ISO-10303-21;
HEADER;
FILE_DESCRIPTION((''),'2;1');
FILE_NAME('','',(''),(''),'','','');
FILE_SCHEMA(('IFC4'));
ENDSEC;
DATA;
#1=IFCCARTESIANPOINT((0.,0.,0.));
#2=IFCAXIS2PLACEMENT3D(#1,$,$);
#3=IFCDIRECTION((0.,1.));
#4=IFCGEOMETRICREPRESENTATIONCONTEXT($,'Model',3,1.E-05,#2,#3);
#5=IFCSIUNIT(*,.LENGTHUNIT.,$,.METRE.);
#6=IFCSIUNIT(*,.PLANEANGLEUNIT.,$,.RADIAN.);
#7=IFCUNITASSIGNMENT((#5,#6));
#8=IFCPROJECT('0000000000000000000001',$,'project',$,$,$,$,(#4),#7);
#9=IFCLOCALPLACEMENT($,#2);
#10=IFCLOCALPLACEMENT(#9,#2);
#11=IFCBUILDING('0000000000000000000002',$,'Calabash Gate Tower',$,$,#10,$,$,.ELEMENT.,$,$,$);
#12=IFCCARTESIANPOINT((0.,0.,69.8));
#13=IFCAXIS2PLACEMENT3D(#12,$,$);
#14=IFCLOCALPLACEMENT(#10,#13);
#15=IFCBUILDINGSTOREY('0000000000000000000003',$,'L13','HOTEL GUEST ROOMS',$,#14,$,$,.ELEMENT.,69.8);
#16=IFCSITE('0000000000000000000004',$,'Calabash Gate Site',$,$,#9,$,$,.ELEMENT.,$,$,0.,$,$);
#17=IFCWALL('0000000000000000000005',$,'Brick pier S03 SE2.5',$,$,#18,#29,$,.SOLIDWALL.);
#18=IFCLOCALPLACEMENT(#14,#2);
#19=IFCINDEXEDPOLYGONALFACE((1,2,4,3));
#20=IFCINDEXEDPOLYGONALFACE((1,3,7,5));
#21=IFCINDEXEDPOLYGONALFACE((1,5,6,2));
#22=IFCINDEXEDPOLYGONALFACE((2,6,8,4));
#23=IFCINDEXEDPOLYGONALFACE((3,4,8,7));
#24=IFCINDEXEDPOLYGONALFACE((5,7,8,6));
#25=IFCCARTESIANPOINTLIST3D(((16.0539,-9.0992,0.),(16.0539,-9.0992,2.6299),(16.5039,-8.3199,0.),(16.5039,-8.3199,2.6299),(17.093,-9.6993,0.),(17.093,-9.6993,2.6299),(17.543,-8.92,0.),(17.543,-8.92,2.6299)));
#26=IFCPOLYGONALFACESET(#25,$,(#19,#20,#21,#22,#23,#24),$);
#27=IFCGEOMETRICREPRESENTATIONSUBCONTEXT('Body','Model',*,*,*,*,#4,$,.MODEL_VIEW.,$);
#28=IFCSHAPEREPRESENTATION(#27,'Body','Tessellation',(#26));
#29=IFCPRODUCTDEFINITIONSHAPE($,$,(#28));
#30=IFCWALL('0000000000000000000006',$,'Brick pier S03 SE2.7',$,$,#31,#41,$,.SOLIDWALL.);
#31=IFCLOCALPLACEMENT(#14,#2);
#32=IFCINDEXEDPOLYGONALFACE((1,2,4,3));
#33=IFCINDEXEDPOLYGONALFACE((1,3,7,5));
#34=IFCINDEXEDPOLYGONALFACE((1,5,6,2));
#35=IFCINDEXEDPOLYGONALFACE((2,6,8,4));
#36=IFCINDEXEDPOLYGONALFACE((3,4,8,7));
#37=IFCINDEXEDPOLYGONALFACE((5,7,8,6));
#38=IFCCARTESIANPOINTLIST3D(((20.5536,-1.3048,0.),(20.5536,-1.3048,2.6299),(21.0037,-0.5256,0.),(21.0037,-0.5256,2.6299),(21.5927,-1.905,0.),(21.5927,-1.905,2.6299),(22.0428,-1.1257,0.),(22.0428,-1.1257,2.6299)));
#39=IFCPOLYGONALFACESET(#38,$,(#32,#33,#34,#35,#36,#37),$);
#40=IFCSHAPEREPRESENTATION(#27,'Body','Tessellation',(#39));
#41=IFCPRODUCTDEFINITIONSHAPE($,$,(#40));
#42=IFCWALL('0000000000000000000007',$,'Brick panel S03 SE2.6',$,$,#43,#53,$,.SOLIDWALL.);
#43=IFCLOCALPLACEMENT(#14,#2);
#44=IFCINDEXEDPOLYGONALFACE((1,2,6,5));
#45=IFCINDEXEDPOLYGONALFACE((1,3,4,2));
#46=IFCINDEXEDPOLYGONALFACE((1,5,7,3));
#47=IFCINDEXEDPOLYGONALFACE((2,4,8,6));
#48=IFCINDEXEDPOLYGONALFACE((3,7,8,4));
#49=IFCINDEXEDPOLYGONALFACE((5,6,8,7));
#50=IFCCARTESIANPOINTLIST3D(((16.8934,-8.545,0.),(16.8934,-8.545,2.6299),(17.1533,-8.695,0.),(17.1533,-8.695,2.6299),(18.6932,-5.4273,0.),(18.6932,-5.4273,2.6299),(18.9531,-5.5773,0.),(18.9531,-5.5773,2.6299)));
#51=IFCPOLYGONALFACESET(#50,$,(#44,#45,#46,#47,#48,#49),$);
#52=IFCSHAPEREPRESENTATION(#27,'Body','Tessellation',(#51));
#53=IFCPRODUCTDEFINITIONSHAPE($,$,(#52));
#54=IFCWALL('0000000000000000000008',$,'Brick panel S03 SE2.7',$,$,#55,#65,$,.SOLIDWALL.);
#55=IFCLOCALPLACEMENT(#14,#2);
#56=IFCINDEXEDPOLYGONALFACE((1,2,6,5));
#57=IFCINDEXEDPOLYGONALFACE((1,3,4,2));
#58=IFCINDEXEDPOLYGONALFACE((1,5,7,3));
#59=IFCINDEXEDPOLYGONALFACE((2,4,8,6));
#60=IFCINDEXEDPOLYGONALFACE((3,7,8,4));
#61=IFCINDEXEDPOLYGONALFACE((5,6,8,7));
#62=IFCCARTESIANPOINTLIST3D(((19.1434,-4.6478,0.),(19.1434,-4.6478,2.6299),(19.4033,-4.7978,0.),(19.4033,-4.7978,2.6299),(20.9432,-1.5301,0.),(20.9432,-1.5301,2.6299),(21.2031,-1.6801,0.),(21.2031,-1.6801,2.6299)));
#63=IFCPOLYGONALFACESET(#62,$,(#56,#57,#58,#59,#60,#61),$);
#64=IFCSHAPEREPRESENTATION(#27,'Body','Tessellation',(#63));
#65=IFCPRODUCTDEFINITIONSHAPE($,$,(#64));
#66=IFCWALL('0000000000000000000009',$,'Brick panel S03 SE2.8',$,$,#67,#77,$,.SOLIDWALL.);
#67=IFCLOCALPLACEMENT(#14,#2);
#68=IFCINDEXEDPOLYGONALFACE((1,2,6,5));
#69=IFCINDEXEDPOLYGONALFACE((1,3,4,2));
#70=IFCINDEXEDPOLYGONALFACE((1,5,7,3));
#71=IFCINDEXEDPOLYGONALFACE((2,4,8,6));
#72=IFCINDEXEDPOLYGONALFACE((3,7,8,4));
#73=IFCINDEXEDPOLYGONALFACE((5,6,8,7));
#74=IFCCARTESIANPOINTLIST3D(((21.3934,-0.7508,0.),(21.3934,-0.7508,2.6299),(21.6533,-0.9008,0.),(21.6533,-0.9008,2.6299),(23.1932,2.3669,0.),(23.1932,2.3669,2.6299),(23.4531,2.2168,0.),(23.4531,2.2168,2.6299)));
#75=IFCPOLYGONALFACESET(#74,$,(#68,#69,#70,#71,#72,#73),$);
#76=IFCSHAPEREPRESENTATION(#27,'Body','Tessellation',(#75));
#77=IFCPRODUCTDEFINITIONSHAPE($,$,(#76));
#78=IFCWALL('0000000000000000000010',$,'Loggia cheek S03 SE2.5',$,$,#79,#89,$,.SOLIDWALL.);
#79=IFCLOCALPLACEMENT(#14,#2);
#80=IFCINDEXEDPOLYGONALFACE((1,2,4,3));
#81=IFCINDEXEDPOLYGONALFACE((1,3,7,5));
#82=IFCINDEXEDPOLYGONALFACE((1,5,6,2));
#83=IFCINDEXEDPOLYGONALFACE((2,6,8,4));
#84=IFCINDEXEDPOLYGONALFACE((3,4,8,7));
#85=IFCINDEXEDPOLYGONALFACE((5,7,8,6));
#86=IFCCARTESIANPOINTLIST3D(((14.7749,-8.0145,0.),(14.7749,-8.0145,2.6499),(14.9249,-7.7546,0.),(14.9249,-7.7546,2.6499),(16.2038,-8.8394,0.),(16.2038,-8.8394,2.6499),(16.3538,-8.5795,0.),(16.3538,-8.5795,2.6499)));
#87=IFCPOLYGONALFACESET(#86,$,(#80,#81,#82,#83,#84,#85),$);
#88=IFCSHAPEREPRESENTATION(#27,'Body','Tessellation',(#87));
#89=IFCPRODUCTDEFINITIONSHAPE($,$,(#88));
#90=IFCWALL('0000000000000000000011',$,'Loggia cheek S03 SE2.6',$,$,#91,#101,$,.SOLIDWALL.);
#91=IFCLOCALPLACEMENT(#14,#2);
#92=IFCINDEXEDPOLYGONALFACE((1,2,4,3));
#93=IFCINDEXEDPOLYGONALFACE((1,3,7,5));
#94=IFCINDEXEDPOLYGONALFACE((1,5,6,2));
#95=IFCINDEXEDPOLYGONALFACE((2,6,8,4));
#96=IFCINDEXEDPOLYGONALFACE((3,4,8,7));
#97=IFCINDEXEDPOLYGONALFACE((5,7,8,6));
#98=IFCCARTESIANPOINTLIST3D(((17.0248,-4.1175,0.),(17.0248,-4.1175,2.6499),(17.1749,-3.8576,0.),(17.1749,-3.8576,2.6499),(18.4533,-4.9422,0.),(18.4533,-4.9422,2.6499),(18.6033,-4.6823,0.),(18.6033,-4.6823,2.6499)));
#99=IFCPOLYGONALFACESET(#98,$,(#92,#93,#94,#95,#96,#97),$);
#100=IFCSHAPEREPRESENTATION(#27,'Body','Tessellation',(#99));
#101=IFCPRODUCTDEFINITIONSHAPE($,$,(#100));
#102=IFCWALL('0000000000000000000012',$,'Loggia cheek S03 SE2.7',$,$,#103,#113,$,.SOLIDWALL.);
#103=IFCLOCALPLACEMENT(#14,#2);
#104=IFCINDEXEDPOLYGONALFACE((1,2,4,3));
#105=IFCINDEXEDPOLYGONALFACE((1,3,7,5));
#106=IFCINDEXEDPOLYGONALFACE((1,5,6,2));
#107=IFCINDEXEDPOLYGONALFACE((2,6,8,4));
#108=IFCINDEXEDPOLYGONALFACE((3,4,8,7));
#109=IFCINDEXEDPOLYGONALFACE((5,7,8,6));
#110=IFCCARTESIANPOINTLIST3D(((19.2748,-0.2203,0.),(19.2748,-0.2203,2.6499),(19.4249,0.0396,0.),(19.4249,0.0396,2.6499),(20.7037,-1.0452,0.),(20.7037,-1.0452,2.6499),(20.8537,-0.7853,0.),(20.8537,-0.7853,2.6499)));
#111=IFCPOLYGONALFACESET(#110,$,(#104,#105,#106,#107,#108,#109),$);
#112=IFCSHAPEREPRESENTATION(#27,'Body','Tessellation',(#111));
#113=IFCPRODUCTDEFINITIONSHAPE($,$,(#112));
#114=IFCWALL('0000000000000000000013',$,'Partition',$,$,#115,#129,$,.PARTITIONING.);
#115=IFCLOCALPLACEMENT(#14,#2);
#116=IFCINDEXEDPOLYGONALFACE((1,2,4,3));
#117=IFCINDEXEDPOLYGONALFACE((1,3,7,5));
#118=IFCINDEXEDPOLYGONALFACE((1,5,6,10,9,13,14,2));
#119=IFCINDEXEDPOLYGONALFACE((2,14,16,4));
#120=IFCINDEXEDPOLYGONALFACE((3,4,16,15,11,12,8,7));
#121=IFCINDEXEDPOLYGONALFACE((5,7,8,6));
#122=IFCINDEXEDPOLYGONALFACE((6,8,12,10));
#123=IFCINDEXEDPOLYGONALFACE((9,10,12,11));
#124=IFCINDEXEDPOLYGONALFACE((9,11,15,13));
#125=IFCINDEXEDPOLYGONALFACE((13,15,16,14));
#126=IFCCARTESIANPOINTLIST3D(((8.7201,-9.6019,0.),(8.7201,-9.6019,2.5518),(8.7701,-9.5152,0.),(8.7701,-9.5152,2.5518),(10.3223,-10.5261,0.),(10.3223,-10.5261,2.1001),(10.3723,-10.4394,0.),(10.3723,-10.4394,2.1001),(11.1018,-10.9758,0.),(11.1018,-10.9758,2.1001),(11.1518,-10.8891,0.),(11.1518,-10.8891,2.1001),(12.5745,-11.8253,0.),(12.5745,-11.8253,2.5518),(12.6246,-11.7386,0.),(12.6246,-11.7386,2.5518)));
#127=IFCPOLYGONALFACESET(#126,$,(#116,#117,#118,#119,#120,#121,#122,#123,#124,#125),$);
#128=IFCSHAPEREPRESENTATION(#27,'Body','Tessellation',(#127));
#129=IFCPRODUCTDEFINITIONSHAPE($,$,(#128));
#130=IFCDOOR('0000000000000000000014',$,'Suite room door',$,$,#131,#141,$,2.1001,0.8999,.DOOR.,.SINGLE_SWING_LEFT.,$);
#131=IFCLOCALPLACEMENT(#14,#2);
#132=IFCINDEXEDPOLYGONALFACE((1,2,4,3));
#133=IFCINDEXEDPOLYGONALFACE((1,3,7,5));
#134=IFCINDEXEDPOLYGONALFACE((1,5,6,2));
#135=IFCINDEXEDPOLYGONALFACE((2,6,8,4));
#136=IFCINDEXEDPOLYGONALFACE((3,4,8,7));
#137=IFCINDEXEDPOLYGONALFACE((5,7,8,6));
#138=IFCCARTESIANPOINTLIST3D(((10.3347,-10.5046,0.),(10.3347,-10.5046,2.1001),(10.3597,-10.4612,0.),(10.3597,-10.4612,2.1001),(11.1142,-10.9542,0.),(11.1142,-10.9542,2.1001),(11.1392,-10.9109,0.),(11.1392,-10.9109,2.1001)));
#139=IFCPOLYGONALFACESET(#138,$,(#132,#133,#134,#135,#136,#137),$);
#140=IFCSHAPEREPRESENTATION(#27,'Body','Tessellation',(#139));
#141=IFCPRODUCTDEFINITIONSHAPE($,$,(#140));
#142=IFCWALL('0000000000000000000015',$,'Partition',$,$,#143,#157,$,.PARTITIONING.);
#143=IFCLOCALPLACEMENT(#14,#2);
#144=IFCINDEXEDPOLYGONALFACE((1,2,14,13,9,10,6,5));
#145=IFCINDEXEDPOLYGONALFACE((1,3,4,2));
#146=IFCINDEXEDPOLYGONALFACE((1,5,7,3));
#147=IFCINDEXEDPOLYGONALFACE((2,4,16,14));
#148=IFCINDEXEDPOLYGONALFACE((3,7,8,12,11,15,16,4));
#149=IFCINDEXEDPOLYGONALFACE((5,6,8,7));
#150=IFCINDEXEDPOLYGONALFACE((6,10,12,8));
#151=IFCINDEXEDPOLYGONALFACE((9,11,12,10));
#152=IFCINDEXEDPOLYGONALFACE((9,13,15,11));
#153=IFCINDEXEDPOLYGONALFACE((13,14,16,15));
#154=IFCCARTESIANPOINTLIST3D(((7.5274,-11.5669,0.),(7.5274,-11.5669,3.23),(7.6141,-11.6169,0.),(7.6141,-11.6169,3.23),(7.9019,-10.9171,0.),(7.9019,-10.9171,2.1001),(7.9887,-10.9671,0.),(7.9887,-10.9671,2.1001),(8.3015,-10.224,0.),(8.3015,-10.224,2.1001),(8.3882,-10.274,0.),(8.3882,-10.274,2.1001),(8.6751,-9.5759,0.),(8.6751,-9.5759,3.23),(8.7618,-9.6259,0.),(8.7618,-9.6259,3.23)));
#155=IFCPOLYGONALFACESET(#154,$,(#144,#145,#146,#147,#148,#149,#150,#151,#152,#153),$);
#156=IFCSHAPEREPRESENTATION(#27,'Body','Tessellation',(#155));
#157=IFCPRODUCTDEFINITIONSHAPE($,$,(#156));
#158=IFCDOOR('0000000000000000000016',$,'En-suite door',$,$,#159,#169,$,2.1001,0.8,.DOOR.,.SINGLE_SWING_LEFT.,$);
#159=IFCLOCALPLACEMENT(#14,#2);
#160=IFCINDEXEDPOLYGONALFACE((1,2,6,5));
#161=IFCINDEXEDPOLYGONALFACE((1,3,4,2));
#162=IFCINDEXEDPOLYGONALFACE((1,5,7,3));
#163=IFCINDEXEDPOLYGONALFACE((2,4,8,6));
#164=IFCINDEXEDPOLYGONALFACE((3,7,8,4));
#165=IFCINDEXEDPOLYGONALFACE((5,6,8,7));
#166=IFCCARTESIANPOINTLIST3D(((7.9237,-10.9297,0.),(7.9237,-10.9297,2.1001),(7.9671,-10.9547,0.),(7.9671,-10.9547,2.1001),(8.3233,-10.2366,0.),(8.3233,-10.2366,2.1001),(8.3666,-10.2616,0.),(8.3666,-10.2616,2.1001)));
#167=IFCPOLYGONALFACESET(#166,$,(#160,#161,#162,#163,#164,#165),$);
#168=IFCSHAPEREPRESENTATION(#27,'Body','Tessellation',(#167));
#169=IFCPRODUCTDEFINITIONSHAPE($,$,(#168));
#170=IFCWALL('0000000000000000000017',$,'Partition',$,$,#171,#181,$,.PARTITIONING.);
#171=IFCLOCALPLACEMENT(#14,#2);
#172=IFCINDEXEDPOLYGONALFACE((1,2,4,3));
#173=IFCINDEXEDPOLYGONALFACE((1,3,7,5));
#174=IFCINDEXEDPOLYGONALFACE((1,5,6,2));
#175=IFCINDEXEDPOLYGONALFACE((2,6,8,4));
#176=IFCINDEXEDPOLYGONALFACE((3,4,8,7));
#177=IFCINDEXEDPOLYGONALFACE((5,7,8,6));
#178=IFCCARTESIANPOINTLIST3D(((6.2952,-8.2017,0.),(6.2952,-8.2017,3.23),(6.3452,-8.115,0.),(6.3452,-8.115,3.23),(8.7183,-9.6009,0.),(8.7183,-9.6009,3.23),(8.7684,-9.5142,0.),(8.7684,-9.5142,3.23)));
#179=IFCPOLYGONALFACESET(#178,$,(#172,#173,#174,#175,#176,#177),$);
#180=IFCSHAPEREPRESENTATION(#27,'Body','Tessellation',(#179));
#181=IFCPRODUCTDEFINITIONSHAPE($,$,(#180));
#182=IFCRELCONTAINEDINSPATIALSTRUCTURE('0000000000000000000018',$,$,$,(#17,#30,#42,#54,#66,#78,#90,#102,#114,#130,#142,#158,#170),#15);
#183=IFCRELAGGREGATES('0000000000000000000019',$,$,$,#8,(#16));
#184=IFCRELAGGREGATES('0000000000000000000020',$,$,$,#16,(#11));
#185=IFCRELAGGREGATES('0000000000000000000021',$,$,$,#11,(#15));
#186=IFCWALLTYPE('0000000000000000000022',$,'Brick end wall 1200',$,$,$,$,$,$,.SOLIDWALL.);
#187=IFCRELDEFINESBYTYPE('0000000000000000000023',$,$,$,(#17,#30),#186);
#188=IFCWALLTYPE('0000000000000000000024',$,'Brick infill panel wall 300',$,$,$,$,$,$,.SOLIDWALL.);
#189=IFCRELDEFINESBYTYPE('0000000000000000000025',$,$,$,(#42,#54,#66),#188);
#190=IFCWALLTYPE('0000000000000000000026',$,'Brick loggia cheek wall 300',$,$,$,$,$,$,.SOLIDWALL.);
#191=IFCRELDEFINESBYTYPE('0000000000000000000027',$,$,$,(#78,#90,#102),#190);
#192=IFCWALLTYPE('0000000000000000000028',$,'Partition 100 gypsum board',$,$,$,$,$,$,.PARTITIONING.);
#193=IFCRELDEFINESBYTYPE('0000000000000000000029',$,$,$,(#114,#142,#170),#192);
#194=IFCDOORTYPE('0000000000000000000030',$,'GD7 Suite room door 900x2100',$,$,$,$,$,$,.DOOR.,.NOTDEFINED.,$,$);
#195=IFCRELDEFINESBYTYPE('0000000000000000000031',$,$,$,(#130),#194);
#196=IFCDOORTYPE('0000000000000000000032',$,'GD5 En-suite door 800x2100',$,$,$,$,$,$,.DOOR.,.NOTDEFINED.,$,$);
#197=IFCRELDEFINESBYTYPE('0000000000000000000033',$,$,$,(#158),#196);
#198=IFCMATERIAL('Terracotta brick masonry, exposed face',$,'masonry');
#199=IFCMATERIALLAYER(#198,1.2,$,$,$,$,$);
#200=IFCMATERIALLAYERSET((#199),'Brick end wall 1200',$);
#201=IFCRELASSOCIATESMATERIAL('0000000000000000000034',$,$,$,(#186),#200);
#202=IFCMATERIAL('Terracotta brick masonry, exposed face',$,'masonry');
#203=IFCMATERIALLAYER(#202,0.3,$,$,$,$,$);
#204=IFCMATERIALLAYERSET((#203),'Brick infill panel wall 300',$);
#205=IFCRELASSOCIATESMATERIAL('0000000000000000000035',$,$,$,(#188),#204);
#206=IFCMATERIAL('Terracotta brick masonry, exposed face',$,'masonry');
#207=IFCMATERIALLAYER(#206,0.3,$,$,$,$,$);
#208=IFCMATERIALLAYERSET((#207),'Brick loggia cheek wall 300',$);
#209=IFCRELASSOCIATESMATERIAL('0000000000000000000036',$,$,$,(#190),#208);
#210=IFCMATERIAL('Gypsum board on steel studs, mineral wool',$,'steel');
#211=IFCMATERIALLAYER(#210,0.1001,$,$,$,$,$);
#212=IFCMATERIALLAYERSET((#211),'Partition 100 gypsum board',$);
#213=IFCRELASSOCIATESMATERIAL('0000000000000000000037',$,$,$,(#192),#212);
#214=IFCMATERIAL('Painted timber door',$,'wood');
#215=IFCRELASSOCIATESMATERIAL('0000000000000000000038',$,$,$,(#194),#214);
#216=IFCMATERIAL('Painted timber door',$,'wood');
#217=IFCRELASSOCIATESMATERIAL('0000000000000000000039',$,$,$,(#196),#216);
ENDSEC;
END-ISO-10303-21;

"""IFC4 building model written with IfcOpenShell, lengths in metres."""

from ifc_helpers import new_model, si_unit, direction, frame, frame_2d, origin, place, context, subcontext, project, spatial, rectangle, extrude, material, layer, layer_set, type_object, element, fill, save


model = new_model("IFC4")

# Units and contexts
model_context = context("Model", 3, precision=1e-05, world=origin(), true_north=direction((0.0, 1.0)))
body_context = subcontext(model_context, "Body", "Model", "MODEL_VIEW")
ifc_project = project(units=[si_unit("LENGTHUNIT", "METRE"), si_unit("PLANEANGLEUNIT", "RADIAN")], contexts=[model_context])

# Site, building, storey
site_placement = place(None, origin())
site = spatial("IfcSite", under=ifc_project, at=site_placement, Name="Calabash Gate Site", CompositionType="ELEMENT", RefElevation=0.0)
building_placement = place(site_placement, origin())
building = spatial("IfcBuilding", under=site, at=building_placement, Name="Calabash Gate Tower", CompositionType="ELEMENT")
storey_placement = place(building_placement, frame((0.0, 0.0, 69.8)))
storey = spatial("IfcBuildingStorey", under=building, at=storey_placement, Name="L13", Description="HOTEL GUEST ROOMS", CompositionType="ELEMENT", Elevation=69.8)

# Walls
ifc_material_1 = material(Name="Terracotta brick masonry, exposed face", Category="masonry")
ifc_layer_1 = layer(ifc_material_1, 1.2)
ifc_layer_set_1 = layer_set([ifc_layer_1], Name="Brick end wall 1200")
wall_type_1 = type_object("IfcWallType", Name="Brick end wall 1200", PredefinedType="SOLIDWALL", material=ifc_layer_set_1)
for number, where, z_axis, x_axis, name in (
    (1, (16.2788, -8.7095, 0.0), (0.0, 0.0, 1.0), (0.865955, -0.500122, 0.0), "Brick pier S03 SE2.5"),
    (2, (21.8179, -1.5154, 0.0), (0.0, 0.0, 1.0), (-0.865955, 0.500122, 0.0), "Brick pier S03 SE2.7"),
):
    element("IfcWall", number, at=place(storey_placement, frame(where, z_axis=z_axis, x_axis=x_axis)), inside=storey, type_object=wall_type_1, Name=name, PredefinedType="SOLIDWALL", context=body_context, shape_type="SweptSolid", body=[
        extrude(rectangle(XDim=1.2, YDim=0.8999, at=frame_2d((0.6001, 0.0))), origin(), (0.0, 0.0, 1.0), 2.6299),
    ])
ifc_material_2 = material(Name="Terracotta brick masonry, exposed face", Category="masonry")
ifc_layer_2 = layer(ifc_material_2, 0.3)
ifc_layer_set_2 = layer_set([ifc_layer_2], Name="Brick infill panel wall 300")
wall_type_2 = type_object("IfcWallType", Name="Brick infill panel wall 300", PredefinedType="SOLIDWALL", material=ifc_layer_set_2)
for number, where, z_axis, x_axis, name in (
    (3, (17.0234, -8.6199, 0.0), (0.0, 0.0, 1.0), (0.499961, 0.866048, 0.0), "Brick panel S03 SE2.6"),
    (4, (19.2734, -4.7227, 0.0), (0.0, 0.0, 1.0), (0.499961, 0.866048, 0.0), "Brick panel S03 SE2.7"),
    (5, (21.5234, -0.8257, 0.0), (0.0, 0.0, 1.0), (0.499961, 0.866048, 0.0), "Brick panel S03 SE2.8"),
):
    element("IfcWall", number, at=place(storey_placement, frame(where, z_axis=z_axis, x_axis=x_axis)), inside=storey, type_object=wall_type_2, Name=name, PredefinedType="SOLIDWALL", context=body_context, shape_type="SweptSolid", body=[
        extrude(rectangle(XDim=3.5999, YDim=0.3, at=frame_2d((1.7998, 0.0))), origin(), (0.0, 0.0, 1.0), 2.6299),
    ])
ifc_material_3 = material(Name="Terracotta brick masonry, exposed face", Category="masonry")
ifc_layer_3 = layer(ifc_material_3, 0.3)
ifc_layer_set_3 = layer_set([ifc_layer_3], Name="Brick loggia cheek wall 300")
wall_type_3 = type_object("IfcWallType", Name="Brick loggia cheek wall 300", PredefinedType="SOLIDWALL", material=ifc_layer_set_3)
wall_1_placement = place(storey_placement, frame((16.2788, -8.7095, 0.0), z_axis=(0.0, 0.0, 1.0), x_axis=(-0.86604, 0.499974, 0.0)))
element("IfcWall", 6, at=wall_1_placement, inside=storey, type_object=wall_type_3, Name="Loggia cheek S03 SE2.5", PredefinedType="SOLIDWALL", context=body_context, shape_type="SweptSolid", body=[
    extrude(rectangle(XDim=1.6499, YDim=0.3, at=frame_2d((0.825, 0.0))), origin(), (0.0, 0.0, 1.0), 2.6499),
])
wall_2_placement = place(storey_placement, frame((17.0999, -3.9875, 0.0), z_axis=(0.0, 0.0, 1.0), x_axis=(0.86603, -0.499992, 0.0)))
element("IfcWall", 7, at=wall_2_placement, inside=storey, type_object=wall_type_3, Name="Loggia cheek S03 SE2.6", PredefinedType="SOLIDWALL", context=body_context, shape_type="SweptSolid", body=[
    extrude(rectangle(XDim=1.6494, YDim=0.3, at=frame_2d((0.8247, 0.0))), origin(), (0.0, 0.0, 1.0), 2.6499),
])
wall_3_placement = place(storey_placement, frame((19.3499, -0.0903, 0.0), z_axis=(0.0, 0.0, 1.0), x_axis=(0.86604, -0.499974, 0.0)))
element("IfcWall", 8, at=wall_3_placement, inside=storey, type_object=wall_type_3, Name="Loggia cheek S03 SE2.7", PredefinedType="SOLIDWALL", context=body_context, shape_type="SweptSolid", body=[
    extrude(rectangle(XDim=1.6499, YDim=0.3, at=frame_2d((0.825, 0.0))), origin(), (0.0, 0.0, 1.0), 2.6499),
])

# Walls, openings, doors
ifc_material_4 = material(Name="Gypsum board on steel studs, mineral wool", Category="steel")
ifc_layer_4 = layer(ifc_material_4, 0.1001)
ifc_layer_set_4 = layer_set([ifc_layer_4], Name="Partition 100 gypsum board")
wall_type_4 = type_object("IfcWallType", Name="Partition 100 gypsum board", PredefinedType="PARTITIONING", material=ifc_layer_set_4)
wall_4_placement = place(storey_placement, frame((8.7451, -9.5586, 0.0), z_axis=(0.0, 0.0, 1.0), x_axis=(0.86622, -0.499662, 0.0)))
wall_4 = element("IfcWall", 9, at=wall_4_placement, inside=storey, type_object=wall_type_4, Name="Partition", PredefinedType="PARTITIONING", context=body_context, shape_type="SweptSolid", body=[
    extrude(rectangle(XDim=4.4497, YDim=0.1001, at=frame_2d((2.2249, 0.0))), origin(), (0.0, 0.0, 1.0), 2.5518),
])
opening_1_placement = place(wall_4_placement, frame((1.8496, 0.0, 0.0)))
opening_1 = element("IfcOpeningElement", 10, at=opening_1_placement, cuts=wall_4, PredefinedType="OPENING", context=body_context, shape_type="SweptSolid", body=[
    extrude(rectangle(XDim=0.8999, YDim=2.1001, at=frame_2d((0.45, 1.05))), frame((0.0, 0.0601, 0.0), z_axis=(0.0, -1.0, 0.0), x_axis=(1.0, 0.0, 0.0)), (0.0, 0.0, 1.0), 0.1201),
])
ifc_material_5 = material(Name="Painted timber door", Category="wood")
door_type_1 = type_object("IfcDoorType", Name="GD7 Suite room door 900x2100", OperationType="NOTDEFINED", PredefinedType="DOOR", material=ifc_material_5)
door_1_placement = place(opening_1_placement, origin())
door_1 = element("IfcDoor", 11, at=door_1_placement, inside=storey, type_object=door_type_1, Name="Suite room door", OperationType="SINGLE_SWING_LEFT", OverallHeight=2.1001, OverallWidth=0.8999, PredefinedType="DOOR", context=body_context, shape_type="SweptSolid", body=[
    extrude(rectangle(XDim=0.8999, YDim=2.1001, at=frame_2d((0.45, 1.05))), frame((0.0, 0.0249, 0.0), z_axis=(0.0, -1.0, 0.0), x_axis=(1.0, 0.0, 0.0)), (0.0, 0.0, 1.0), 0.05),
])
fill(opening_1, door_1)
wall_5_placement = place(storey_placement, frame((7.5708, -11.5918, 0.0), z_axis=(0.0, 0.0, 1.0), x_axis=(0.499419, 0.866361, 0.0)))
wall_5 = element("IfcWall", 12, at=wall_5_placement, inside=storey, type_object=wall_type_4, Name="Partition", PredefinedType="PARTITIONING", context=body_context, shape_type="SweptSolid", body=[
    extrude(rectangle(XDim=2.2981, YDim=0.1001, at=frame_2d((1.1489, 0.0))), origin(), (0.0, 0.0, 1.0), 3.23),
])
opening_2_placement = place(wall_5_placement, frame((0.75, 0.0, 0.0)))
opening_2 = element("IfcOpeningElement", 13, at=opening_2_placement, cuts=wall_5, PredefinedType="OPENING", context=body_context, shape_type="SweptSolid", body=[
    extrude(rectangle(XDim=0.8, YDim=2.1001, at=frame_2d((0.3999, 1.05))), frame((0.0, 0.0601, 0.0), z_axis=(0.0, -1.0, 0.0), x_axis=(1.0, 0.0, 0.0)), (0.0, 0.0, 1.0), 0.1201),
])
ifc_material_6 = material(Name="Painted timber door", Category="wood")
door_type_2 = type_object("IfcDoorType", Name="GD5 En-suite door 800x2100", OperationType="NOTDEFINED", PredefinedType="DOOR", material=ifc_material_6)
door_2_placement = place(opening_2_placement, origin())
door_2 = element("IfcDoor", 14, at=door_2_placement, inside=storey, type_object=door_type_2, Name="En-suite door", OperationType="SINGLE_SWING_LEFT", OverallHeight=2.1001, OverallWidth=0.8, PredefinedType="DOOR", context=body_context, shape_type="SweptSolid", body=[
    extrude(rectangle(XDim=0.8, YDim=2.1001, at=frame_2d((0.3999, 1.05))), frame((0.0, 0.0249, 0.0), z_axis=(0.0, -1.0, 0.0), x_axis=(1.0, 0.0, 0.0)), (0.0, 0.0, 1.0), 0.05),
])
fill(opening_2, door_2)

# Wall
wall_6_placement = place(storey_placement, frame((6.3203, -8.1584, 0.0), z_axis=(0.0, 0.0, 1.0), x_axis=(0.865995, -0.500052, 0.0)))
element("IfcWall", 15, at=wall_6_placement, inside=storey, type_object=wall_type_4, Name="Partition", PredefinedType="PARTITIONING", context=body_context, shape_type="SweptSolid", body=[
    extrude(rectangle(XDim=2.7981, YDim=0.1001, at=frame_2d((1.3989, 0.0))), origin(), (0.0, 0.0, 1.0), 3.23),
])

save(model, "model.ifc")
